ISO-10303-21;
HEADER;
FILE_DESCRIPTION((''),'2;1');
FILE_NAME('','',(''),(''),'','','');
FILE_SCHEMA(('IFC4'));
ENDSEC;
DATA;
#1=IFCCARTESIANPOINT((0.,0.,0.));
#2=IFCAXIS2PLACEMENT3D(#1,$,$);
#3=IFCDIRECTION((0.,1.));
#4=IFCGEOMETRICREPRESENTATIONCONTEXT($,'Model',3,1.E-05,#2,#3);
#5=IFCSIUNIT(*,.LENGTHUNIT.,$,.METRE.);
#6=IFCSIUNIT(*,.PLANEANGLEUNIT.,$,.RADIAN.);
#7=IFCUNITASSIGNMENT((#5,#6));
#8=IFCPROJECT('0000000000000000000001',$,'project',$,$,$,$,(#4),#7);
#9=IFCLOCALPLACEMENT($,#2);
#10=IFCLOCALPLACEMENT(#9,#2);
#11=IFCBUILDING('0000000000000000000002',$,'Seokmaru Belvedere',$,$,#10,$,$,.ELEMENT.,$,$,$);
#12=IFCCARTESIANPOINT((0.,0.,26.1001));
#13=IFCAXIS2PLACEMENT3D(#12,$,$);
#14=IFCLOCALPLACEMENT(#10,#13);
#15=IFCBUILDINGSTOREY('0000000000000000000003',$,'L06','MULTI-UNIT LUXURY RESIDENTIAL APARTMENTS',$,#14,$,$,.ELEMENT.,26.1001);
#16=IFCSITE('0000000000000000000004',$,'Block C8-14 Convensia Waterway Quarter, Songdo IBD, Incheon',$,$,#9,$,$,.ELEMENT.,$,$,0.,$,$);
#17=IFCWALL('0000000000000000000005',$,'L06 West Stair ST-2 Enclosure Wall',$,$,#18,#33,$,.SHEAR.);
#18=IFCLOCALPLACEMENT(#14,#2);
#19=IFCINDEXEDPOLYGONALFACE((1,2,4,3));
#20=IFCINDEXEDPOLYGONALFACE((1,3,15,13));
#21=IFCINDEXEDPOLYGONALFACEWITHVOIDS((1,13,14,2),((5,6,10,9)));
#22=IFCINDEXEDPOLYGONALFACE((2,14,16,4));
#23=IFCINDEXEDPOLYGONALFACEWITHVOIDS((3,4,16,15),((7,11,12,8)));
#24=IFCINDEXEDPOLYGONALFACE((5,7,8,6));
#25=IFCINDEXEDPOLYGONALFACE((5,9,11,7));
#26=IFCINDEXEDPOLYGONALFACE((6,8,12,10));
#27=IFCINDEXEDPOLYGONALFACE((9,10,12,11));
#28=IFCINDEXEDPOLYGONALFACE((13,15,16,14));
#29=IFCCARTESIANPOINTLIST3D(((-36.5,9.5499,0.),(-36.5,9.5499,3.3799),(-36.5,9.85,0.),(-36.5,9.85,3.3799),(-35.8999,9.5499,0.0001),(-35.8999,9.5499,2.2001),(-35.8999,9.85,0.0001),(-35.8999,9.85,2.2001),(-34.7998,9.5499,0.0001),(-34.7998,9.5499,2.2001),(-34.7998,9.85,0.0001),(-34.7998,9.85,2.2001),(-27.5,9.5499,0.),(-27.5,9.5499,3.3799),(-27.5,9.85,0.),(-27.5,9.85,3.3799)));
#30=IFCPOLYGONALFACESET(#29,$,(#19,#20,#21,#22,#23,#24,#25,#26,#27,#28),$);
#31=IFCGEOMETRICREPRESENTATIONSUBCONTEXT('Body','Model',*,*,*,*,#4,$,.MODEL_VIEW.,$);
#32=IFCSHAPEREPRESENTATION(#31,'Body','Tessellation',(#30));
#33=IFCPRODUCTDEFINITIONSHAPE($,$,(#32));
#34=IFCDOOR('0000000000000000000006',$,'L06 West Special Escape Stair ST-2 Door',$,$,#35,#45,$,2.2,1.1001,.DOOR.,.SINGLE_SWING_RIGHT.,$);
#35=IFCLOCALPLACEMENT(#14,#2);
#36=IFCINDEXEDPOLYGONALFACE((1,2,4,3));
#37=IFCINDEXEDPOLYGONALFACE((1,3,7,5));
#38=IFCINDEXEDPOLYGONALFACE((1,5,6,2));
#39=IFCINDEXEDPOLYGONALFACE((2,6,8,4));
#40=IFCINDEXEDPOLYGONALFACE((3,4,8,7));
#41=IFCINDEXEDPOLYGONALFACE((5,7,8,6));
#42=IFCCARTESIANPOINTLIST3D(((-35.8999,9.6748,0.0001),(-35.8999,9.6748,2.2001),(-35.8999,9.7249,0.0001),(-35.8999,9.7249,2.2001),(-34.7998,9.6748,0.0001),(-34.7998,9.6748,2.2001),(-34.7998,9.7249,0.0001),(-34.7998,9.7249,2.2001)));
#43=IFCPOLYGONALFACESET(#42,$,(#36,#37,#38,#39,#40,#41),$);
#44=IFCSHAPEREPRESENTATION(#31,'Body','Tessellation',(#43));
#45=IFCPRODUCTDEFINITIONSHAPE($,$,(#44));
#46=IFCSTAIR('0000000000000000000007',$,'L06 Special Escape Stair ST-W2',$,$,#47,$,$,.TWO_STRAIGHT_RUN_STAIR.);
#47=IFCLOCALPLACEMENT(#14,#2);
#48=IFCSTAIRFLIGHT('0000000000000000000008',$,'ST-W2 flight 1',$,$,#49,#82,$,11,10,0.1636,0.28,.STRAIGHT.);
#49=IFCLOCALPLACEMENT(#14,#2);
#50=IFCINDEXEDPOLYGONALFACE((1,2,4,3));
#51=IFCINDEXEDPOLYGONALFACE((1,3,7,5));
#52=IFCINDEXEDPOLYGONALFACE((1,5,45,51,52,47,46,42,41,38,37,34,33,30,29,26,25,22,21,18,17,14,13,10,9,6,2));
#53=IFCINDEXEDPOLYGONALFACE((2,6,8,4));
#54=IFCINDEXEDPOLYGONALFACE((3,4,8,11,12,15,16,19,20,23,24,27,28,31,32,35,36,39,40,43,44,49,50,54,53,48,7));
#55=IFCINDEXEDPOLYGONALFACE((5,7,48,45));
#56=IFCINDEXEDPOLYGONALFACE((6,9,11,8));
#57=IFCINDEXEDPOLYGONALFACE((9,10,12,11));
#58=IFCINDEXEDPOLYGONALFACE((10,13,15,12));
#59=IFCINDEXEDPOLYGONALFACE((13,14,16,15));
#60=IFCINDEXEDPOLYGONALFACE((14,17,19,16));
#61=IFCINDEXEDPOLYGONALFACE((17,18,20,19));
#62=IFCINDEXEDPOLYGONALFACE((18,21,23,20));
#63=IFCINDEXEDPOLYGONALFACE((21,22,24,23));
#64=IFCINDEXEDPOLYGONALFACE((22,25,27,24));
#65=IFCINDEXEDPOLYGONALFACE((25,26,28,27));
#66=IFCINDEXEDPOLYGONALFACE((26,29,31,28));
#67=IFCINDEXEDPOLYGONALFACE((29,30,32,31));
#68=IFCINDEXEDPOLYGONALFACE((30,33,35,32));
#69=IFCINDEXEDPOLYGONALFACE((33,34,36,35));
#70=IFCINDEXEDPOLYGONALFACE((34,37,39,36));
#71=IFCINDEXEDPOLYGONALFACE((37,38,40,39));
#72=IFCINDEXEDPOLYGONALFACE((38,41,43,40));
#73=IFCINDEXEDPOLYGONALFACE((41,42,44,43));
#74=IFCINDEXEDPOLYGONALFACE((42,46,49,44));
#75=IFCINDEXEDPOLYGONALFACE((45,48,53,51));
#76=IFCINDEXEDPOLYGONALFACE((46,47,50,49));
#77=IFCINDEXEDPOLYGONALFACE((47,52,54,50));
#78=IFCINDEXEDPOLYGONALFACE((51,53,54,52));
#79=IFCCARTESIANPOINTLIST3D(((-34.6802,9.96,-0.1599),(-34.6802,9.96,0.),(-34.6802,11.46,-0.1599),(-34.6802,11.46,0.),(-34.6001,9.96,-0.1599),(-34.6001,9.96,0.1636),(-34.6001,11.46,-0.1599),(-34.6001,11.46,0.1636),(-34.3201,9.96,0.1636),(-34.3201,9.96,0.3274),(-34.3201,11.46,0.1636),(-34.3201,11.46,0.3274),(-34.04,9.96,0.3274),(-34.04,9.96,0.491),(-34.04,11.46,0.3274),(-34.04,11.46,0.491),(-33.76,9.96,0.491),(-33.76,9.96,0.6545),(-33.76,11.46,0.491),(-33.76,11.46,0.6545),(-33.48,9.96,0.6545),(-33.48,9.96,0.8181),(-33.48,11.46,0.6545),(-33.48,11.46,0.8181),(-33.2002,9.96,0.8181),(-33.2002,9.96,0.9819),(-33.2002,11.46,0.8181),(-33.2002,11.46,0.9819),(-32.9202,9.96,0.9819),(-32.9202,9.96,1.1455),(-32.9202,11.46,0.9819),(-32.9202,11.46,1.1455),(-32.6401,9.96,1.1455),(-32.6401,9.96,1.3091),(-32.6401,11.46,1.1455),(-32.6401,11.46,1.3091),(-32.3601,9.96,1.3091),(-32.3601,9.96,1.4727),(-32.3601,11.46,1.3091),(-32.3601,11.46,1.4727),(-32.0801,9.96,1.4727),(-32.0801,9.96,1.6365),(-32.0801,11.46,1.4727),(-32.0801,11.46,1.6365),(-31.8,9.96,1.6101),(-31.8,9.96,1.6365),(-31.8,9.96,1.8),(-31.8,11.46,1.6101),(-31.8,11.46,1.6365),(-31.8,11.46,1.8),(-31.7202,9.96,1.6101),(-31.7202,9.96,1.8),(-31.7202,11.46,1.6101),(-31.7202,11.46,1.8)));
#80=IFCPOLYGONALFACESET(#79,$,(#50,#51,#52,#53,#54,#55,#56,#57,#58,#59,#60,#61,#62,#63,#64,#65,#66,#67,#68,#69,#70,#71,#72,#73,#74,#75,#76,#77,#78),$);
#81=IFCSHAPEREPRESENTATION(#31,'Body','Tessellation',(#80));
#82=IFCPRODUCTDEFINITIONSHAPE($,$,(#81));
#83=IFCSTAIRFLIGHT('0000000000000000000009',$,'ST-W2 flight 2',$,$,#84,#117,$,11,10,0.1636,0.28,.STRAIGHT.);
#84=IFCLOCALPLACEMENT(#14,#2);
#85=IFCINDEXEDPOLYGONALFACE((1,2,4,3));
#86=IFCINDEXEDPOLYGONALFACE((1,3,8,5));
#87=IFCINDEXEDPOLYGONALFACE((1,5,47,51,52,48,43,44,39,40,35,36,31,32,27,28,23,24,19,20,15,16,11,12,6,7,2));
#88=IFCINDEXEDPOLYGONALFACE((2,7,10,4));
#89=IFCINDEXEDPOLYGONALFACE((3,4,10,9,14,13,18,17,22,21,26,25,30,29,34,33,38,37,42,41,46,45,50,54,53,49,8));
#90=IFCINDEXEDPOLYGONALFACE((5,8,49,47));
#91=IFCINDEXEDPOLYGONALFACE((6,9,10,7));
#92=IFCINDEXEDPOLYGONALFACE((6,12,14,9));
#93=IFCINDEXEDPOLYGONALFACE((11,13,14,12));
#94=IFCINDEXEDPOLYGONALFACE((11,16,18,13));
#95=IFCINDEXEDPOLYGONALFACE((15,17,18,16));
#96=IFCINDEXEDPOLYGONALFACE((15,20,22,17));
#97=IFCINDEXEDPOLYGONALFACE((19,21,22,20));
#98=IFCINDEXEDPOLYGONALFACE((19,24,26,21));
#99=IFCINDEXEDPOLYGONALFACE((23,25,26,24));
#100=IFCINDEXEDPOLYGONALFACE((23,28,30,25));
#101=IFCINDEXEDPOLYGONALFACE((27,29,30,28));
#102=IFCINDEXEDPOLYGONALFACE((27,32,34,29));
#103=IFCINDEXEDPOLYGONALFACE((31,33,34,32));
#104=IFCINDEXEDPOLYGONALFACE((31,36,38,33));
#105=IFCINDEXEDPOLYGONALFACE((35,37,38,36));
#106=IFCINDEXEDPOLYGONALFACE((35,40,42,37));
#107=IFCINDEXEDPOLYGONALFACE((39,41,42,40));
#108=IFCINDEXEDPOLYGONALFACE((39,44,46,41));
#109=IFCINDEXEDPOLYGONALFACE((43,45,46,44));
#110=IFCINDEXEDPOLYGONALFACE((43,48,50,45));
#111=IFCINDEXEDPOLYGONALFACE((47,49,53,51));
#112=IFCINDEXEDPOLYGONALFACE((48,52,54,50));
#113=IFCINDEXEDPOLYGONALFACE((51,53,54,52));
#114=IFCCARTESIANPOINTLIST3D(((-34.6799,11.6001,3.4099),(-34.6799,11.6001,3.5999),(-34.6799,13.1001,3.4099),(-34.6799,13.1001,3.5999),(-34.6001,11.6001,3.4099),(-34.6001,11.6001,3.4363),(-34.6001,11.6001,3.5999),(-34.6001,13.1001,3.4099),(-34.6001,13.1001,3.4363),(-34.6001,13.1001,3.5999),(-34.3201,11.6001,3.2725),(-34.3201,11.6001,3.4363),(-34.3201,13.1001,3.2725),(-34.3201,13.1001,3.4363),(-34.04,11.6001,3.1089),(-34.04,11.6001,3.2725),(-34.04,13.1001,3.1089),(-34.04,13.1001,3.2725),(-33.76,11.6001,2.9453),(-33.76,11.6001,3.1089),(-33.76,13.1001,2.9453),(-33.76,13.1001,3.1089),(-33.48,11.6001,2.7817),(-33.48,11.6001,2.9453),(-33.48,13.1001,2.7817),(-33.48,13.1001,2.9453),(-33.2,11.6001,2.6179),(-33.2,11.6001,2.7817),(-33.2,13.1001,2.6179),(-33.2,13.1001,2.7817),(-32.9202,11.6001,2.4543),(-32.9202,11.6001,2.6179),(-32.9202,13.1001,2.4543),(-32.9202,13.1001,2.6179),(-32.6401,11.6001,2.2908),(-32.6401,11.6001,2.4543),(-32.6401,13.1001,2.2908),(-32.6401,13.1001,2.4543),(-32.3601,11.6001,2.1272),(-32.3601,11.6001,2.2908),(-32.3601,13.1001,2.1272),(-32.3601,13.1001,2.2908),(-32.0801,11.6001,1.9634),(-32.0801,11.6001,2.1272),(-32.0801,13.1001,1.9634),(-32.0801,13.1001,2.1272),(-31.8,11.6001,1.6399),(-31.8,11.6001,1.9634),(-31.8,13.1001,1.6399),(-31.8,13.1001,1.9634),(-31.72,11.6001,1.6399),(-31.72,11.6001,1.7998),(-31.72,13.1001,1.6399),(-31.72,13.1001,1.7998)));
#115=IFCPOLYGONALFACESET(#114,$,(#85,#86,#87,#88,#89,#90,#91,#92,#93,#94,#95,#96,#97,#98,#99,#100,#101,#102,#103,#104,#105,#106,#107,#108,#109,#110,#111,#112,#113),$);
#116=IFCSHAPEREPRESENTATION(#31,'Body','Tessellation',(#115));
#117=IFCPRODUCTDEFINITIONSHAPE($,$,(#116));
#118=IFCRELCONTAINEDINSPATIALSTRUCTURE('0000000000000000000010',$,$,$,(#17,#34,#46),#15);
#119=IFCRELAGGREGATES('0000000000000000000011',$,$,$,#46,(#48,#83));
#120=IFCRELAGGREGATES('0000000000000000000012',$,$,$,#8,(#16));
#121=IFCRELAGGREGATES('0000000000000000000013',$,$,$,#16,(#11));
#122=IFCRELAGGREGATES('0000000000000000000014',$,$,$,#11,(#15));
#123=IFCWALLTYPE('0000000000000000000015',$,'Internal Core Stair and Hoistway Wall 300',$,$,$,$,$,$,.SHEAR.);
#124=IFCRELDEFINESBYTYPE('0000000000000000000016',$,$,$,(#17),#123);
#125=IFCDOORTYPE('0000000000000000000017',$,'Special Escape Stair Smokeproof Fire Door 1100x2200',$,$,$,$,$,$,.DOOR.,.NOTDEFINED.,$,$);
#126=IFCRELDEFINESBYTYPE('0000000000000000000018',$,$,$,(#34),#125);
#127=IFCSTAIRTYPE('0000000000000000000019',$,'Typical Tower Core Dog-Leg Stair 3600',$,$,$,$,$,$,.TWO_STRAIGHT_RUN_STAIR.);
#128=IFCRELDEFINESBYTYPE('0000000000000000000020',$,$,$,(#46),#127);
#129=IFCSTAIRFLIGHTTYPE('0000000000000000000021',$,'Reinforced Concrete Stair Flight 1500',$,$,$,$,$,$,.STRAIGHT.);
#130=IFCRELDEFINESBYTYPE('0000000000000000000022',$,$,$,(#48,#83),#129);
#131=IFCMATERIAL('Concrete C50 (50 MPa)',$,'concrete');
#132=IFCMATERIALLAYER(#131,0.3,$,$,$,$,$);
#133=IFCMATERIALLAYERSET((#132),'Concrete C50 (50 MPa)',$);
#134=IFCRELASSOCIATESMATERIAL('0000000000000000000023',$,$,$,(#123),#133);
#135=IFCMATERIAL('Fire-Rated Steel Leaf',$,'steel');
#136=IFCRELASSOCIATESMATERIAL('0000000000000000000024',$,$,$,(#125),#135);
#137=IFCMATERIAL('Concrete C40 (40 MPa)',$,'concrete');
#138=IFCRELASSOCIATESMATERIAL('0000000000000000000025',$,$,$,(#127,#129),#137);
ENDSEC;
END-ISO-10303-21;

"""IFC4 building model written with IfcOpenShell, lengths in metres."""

from ifc_helpers import new_model, si_unit, direction, frame, frame_2d, origin, place, context, subcontext, project, spatial, polyline, rectangle, outline, extrude, source, transform, mapped, material, layer, layer_set, type_object, type_shapes, element, fill, aggregate, save


model = new_model("IFC4")

# Units and contexts
model_context = context("Model", 3, precision=1e-05, world=origin(), true_north=direction((0.0, 1.0)))
body_context = subcontext(model_context, "Body", "Model", "MODEL_VIEW")
ifc_project = project(units=[si_unit("LENGTHUNIT", "METRE"), si_unit("PLANEANGLEUNIT", "RADIAN")], contexts=[model_context])

# Site, building, storey
site_placement = place(None, origin())
site = spatial("IfcSite", under=ifc_project, at=site_placement, Name="Block C8-14 Convensia Waterway Quarter, Songdo IBD, Incheon", CompositionType="ELEMENT", RefElevation=0.0)
building_placement = place(site_placement, origin())
building = spatial("IfcBuilding", under=site, at=building_placement, Name="Seokmaru Belvedere", CompositionType="ELEMENT")
storey_placement = place(building_placement, frame((0.0, 0.0, 26.1001)))
storey = spatial("IfcBuildingStorey", under=building, at=storey_placement, Name="L06", Description="MULTI-UNIT LUXURY RESIDENTIAL APARTMENTS", CompositionType="ELEMENT", Elevation=26.1001)

# Shared definitions
ifc_material_1 = material(Name="Fire-Rated Steel Leaf", Category="steel")

# Wall, opening, door
ifc_material_2 = material(Name="Concrete C50 (50 MPa)", Category="concrete")
ifc_layer_1 = layer(ifc_material_2, 0.3)
ifc_layer_set_1 = layer_set([ifc_layer_1], Name="Concrete C50 (50 MPa)")
wall_type_1 = type_object("IfcWallType", Name="Internal Core Stair and Hoistway Wall 300", PredefinedType="SHEAR", material=ifc_layer_set_1)
wall_1_placement = place(storey_placement, frame((-36.5, 9.7, 0.0), z_axis=(0.0, 0.0, 1.0), x_axis=(1.0, 0.0, 0.0)))
wall_1 = element("IfcWall", 1, at=wall_1_placement, inside=storey, type_object=wall_type_1, Name="L06 West Stair ST-2 Enclosure Wall", PredefinedType="SHEAR", context=body_context, shape_type="SweptSolid", body=[
    extrude(rectangle(XDim=9.0, YDim=0.3, at=frame_2d((4.5, 0.0))), origin(), (0.0, 0.0, 1.0), 3.3799),
])
opening_1_placement = place(wall_1_placement, frame((0.6001, 0.0, 0.0)))
opening_1 = element("IfcOpeningElement", 2, at=opening_1_placement, cuts=wall_1, PredefinedType="OPENING", context=body_context, shape_type="SweptSolid", body=[
    extrude(rectangle(XDim=1.1001, YDim=2.2, at=frame_2d((0.55, 1.1001))), frame((0.0, 0.1602, 0.0), z_axis=(0.0, -1.0, 0.0), x_axis=(1.0, 0.0, 0.0)), (0.0, 0.0, 1.0), 0.3201),
])
door_type_1 = type_object("IfcDoorType", Name="Special Escape Stair Smokeproof Fire Door 1100x2200", OperationType="NOTDEFINED", PredefinedType="DOOR", material=ifc_material_1)
shared_shape_1 = source(origin(), body_context, "Body", "SweptSolid", [
    extrude(rectangle(XDim=1.1001, YDim=2.2, at=frame_2d((0.55, 1.1001))), frame((0.0, 0.0249, 0.0), z_axis=(0.0, -1.0, 0.0), x_axis=(1.0, 0.0, 0.0)), (0.0, 0.0, 1.0), 0.05),
])
type_shapes(door_type_1, [shared_shape_1])
door_1_placement = place(opening_1_placement, origin())
door_1 = element("IfcDoor", 3, at=door_1_placement, inside=storey, type_object=door_type_1, Name="L06 West Special Escape Stair ST-2 Door", OperationType="SINGLE_SWING_RIGHT", OverallHeight=2.2, OverallWidth=1.1001, PredefinedType="DOOR", context=body_context, shape_type="MappedRepresentation", body=[
    mapped(shared_shape_1, transform((0.0, 0.0, 0.0), scale=1.0)),
])
fill(opening_1, door_1)

# Stair, stair flights
ifc_material_3 = material(Name="Concrete C40 (40 MPa)", Category="concrete")
stair_type = type_object("IfcStairType", Name="Typical Tower Core Dog-Leg Stair 3600", PredefinedType="TWO_STRAIGHT_RUN_STAIR", material=ifc_material_3)
stair_placement = place(storey_placement, origin())
stair = element("IfcStair", 4, at=stair_placement, inside=storey, type_object=stair_type, Name="L06 Special Escape Stair ST-W2", PredefinedType="TWO_STRAIGHT_RUN_STAIR")
stair_flight_type = type_object("IfcStairFlightType", Name="Reinforced Concrete Stair Flight 1500", PredefinedType="STRAIGHT", material=ifc_material_3)
stair_flight_1_placement = place(storey_placement, frame((-34.6001, 10.71, 0.0), z_axis=(0.0, 0.0, 1.0), x_axis=(1.0, 0.0, 0.0)))
stair_flight_1 = element("IfcStairFlight", 5, at=stair_flight_1_placement, type_object=stair_flight_type, Name="ST-W2 flight 1", NumberOfRisers=11, NumberOfTreads=10, PredefinedType="STRAIGHT", RiserHeight=0.1636, TreadLength=0.28, context=body_context, shape_type="SweptSolid", body=[
    extrude(outline(polyline([(-0.0801, 0.0), (0.0, 0.1636), (0.28, 0.1636), (0.28, 0.3274), (0.5601, 0.3274), (0.5601, 0.491), (0.8401, 0.491), (0.8401, 0.6545), (1.1201, 0.6545), (1.1201, 0.8181), (1.3999, 0.8181), (1.3999, 0.9819), (1.6799, 0.9819), (1.6799, 1.1455), (1.96, 1.1455), (1.96, 1.3091), (2.24, 1.3091), (2.24, 1.4727), (2.52, 1.4727), (2.52, 1.6365), (2.8, 1.6365), (2.8, 1.8), (2.8799, 1.8), (2.8799, 1.6101), (2.8, 1.6101), (0.0, -0.1599), (-0.0801, -0.1599), (-0.0801, 0.0)])), frame((0.0, 0.75, 0.0), z_axis=(0.0, -1.0, 0.0), x_axis=(1.0, 0.0, 0.0)), (0.0, 0.0, 1.0), 1.5),
])
stair_flight_2_placement = place(storey_placement, frame((-31.8, 12.3501, 1.7998), z_axis=(0.0, 0.0, 1.0), x_axis=(-1.0, 0.0, 0.0)))
stair_flight_2 = element("IfcStairFlight", 6, at=stair_flight_2_placement, type_object=stair_flight_type, Name="ST-W2 flight 2", NumberOfRisers=11, NumberOfTreads=10, PredefinedType="STRAIGHT", RiserHeight=0.1636, TreadLength=0.28, context=body_context, shape_type="SweptSolid", body=[
    extrude(outline(polyline([(-0.0801, 0.0), (0.0, 0.1636), (0.28, 0.1636), (0.28, 0.3274), (0.5601, 0.3274), (0.5601, 0.491), (0.8401, 0.491), (0.8401, 0.6545), (1.1201, 0.6545), (1.1201, 0.8181), (1.3999, 0.8181), (1.3999, 0.9819), (1.6799, 0.9819), (1.6799, 1.1455), (1.96, 1.1455), (1.96, 1.3091), (2.24, 1.3091), (2.24, 1.4727), (2.52, 1.4727), (2.52, 1.6365), (2.8, 1.6365), (2.8, 1.8), (2.8799, 1.8), (2.8799, 1.6101), (2.8, 1.6101), (0.0, -0.1599), (-0.0801, -0.1599), (-0.0801, 0.0)])), frame((0.0, 0.75, 0.0), z_axis=(0.0, -1.0, 0.0), x_axis=(1.0, 0.0, 0.0)), (0.0, 0.0, 1.0), 1.5),
])
aggregate(stair, [stair_flight_1, stair_flight_2])

save(model, "model.ifc")
